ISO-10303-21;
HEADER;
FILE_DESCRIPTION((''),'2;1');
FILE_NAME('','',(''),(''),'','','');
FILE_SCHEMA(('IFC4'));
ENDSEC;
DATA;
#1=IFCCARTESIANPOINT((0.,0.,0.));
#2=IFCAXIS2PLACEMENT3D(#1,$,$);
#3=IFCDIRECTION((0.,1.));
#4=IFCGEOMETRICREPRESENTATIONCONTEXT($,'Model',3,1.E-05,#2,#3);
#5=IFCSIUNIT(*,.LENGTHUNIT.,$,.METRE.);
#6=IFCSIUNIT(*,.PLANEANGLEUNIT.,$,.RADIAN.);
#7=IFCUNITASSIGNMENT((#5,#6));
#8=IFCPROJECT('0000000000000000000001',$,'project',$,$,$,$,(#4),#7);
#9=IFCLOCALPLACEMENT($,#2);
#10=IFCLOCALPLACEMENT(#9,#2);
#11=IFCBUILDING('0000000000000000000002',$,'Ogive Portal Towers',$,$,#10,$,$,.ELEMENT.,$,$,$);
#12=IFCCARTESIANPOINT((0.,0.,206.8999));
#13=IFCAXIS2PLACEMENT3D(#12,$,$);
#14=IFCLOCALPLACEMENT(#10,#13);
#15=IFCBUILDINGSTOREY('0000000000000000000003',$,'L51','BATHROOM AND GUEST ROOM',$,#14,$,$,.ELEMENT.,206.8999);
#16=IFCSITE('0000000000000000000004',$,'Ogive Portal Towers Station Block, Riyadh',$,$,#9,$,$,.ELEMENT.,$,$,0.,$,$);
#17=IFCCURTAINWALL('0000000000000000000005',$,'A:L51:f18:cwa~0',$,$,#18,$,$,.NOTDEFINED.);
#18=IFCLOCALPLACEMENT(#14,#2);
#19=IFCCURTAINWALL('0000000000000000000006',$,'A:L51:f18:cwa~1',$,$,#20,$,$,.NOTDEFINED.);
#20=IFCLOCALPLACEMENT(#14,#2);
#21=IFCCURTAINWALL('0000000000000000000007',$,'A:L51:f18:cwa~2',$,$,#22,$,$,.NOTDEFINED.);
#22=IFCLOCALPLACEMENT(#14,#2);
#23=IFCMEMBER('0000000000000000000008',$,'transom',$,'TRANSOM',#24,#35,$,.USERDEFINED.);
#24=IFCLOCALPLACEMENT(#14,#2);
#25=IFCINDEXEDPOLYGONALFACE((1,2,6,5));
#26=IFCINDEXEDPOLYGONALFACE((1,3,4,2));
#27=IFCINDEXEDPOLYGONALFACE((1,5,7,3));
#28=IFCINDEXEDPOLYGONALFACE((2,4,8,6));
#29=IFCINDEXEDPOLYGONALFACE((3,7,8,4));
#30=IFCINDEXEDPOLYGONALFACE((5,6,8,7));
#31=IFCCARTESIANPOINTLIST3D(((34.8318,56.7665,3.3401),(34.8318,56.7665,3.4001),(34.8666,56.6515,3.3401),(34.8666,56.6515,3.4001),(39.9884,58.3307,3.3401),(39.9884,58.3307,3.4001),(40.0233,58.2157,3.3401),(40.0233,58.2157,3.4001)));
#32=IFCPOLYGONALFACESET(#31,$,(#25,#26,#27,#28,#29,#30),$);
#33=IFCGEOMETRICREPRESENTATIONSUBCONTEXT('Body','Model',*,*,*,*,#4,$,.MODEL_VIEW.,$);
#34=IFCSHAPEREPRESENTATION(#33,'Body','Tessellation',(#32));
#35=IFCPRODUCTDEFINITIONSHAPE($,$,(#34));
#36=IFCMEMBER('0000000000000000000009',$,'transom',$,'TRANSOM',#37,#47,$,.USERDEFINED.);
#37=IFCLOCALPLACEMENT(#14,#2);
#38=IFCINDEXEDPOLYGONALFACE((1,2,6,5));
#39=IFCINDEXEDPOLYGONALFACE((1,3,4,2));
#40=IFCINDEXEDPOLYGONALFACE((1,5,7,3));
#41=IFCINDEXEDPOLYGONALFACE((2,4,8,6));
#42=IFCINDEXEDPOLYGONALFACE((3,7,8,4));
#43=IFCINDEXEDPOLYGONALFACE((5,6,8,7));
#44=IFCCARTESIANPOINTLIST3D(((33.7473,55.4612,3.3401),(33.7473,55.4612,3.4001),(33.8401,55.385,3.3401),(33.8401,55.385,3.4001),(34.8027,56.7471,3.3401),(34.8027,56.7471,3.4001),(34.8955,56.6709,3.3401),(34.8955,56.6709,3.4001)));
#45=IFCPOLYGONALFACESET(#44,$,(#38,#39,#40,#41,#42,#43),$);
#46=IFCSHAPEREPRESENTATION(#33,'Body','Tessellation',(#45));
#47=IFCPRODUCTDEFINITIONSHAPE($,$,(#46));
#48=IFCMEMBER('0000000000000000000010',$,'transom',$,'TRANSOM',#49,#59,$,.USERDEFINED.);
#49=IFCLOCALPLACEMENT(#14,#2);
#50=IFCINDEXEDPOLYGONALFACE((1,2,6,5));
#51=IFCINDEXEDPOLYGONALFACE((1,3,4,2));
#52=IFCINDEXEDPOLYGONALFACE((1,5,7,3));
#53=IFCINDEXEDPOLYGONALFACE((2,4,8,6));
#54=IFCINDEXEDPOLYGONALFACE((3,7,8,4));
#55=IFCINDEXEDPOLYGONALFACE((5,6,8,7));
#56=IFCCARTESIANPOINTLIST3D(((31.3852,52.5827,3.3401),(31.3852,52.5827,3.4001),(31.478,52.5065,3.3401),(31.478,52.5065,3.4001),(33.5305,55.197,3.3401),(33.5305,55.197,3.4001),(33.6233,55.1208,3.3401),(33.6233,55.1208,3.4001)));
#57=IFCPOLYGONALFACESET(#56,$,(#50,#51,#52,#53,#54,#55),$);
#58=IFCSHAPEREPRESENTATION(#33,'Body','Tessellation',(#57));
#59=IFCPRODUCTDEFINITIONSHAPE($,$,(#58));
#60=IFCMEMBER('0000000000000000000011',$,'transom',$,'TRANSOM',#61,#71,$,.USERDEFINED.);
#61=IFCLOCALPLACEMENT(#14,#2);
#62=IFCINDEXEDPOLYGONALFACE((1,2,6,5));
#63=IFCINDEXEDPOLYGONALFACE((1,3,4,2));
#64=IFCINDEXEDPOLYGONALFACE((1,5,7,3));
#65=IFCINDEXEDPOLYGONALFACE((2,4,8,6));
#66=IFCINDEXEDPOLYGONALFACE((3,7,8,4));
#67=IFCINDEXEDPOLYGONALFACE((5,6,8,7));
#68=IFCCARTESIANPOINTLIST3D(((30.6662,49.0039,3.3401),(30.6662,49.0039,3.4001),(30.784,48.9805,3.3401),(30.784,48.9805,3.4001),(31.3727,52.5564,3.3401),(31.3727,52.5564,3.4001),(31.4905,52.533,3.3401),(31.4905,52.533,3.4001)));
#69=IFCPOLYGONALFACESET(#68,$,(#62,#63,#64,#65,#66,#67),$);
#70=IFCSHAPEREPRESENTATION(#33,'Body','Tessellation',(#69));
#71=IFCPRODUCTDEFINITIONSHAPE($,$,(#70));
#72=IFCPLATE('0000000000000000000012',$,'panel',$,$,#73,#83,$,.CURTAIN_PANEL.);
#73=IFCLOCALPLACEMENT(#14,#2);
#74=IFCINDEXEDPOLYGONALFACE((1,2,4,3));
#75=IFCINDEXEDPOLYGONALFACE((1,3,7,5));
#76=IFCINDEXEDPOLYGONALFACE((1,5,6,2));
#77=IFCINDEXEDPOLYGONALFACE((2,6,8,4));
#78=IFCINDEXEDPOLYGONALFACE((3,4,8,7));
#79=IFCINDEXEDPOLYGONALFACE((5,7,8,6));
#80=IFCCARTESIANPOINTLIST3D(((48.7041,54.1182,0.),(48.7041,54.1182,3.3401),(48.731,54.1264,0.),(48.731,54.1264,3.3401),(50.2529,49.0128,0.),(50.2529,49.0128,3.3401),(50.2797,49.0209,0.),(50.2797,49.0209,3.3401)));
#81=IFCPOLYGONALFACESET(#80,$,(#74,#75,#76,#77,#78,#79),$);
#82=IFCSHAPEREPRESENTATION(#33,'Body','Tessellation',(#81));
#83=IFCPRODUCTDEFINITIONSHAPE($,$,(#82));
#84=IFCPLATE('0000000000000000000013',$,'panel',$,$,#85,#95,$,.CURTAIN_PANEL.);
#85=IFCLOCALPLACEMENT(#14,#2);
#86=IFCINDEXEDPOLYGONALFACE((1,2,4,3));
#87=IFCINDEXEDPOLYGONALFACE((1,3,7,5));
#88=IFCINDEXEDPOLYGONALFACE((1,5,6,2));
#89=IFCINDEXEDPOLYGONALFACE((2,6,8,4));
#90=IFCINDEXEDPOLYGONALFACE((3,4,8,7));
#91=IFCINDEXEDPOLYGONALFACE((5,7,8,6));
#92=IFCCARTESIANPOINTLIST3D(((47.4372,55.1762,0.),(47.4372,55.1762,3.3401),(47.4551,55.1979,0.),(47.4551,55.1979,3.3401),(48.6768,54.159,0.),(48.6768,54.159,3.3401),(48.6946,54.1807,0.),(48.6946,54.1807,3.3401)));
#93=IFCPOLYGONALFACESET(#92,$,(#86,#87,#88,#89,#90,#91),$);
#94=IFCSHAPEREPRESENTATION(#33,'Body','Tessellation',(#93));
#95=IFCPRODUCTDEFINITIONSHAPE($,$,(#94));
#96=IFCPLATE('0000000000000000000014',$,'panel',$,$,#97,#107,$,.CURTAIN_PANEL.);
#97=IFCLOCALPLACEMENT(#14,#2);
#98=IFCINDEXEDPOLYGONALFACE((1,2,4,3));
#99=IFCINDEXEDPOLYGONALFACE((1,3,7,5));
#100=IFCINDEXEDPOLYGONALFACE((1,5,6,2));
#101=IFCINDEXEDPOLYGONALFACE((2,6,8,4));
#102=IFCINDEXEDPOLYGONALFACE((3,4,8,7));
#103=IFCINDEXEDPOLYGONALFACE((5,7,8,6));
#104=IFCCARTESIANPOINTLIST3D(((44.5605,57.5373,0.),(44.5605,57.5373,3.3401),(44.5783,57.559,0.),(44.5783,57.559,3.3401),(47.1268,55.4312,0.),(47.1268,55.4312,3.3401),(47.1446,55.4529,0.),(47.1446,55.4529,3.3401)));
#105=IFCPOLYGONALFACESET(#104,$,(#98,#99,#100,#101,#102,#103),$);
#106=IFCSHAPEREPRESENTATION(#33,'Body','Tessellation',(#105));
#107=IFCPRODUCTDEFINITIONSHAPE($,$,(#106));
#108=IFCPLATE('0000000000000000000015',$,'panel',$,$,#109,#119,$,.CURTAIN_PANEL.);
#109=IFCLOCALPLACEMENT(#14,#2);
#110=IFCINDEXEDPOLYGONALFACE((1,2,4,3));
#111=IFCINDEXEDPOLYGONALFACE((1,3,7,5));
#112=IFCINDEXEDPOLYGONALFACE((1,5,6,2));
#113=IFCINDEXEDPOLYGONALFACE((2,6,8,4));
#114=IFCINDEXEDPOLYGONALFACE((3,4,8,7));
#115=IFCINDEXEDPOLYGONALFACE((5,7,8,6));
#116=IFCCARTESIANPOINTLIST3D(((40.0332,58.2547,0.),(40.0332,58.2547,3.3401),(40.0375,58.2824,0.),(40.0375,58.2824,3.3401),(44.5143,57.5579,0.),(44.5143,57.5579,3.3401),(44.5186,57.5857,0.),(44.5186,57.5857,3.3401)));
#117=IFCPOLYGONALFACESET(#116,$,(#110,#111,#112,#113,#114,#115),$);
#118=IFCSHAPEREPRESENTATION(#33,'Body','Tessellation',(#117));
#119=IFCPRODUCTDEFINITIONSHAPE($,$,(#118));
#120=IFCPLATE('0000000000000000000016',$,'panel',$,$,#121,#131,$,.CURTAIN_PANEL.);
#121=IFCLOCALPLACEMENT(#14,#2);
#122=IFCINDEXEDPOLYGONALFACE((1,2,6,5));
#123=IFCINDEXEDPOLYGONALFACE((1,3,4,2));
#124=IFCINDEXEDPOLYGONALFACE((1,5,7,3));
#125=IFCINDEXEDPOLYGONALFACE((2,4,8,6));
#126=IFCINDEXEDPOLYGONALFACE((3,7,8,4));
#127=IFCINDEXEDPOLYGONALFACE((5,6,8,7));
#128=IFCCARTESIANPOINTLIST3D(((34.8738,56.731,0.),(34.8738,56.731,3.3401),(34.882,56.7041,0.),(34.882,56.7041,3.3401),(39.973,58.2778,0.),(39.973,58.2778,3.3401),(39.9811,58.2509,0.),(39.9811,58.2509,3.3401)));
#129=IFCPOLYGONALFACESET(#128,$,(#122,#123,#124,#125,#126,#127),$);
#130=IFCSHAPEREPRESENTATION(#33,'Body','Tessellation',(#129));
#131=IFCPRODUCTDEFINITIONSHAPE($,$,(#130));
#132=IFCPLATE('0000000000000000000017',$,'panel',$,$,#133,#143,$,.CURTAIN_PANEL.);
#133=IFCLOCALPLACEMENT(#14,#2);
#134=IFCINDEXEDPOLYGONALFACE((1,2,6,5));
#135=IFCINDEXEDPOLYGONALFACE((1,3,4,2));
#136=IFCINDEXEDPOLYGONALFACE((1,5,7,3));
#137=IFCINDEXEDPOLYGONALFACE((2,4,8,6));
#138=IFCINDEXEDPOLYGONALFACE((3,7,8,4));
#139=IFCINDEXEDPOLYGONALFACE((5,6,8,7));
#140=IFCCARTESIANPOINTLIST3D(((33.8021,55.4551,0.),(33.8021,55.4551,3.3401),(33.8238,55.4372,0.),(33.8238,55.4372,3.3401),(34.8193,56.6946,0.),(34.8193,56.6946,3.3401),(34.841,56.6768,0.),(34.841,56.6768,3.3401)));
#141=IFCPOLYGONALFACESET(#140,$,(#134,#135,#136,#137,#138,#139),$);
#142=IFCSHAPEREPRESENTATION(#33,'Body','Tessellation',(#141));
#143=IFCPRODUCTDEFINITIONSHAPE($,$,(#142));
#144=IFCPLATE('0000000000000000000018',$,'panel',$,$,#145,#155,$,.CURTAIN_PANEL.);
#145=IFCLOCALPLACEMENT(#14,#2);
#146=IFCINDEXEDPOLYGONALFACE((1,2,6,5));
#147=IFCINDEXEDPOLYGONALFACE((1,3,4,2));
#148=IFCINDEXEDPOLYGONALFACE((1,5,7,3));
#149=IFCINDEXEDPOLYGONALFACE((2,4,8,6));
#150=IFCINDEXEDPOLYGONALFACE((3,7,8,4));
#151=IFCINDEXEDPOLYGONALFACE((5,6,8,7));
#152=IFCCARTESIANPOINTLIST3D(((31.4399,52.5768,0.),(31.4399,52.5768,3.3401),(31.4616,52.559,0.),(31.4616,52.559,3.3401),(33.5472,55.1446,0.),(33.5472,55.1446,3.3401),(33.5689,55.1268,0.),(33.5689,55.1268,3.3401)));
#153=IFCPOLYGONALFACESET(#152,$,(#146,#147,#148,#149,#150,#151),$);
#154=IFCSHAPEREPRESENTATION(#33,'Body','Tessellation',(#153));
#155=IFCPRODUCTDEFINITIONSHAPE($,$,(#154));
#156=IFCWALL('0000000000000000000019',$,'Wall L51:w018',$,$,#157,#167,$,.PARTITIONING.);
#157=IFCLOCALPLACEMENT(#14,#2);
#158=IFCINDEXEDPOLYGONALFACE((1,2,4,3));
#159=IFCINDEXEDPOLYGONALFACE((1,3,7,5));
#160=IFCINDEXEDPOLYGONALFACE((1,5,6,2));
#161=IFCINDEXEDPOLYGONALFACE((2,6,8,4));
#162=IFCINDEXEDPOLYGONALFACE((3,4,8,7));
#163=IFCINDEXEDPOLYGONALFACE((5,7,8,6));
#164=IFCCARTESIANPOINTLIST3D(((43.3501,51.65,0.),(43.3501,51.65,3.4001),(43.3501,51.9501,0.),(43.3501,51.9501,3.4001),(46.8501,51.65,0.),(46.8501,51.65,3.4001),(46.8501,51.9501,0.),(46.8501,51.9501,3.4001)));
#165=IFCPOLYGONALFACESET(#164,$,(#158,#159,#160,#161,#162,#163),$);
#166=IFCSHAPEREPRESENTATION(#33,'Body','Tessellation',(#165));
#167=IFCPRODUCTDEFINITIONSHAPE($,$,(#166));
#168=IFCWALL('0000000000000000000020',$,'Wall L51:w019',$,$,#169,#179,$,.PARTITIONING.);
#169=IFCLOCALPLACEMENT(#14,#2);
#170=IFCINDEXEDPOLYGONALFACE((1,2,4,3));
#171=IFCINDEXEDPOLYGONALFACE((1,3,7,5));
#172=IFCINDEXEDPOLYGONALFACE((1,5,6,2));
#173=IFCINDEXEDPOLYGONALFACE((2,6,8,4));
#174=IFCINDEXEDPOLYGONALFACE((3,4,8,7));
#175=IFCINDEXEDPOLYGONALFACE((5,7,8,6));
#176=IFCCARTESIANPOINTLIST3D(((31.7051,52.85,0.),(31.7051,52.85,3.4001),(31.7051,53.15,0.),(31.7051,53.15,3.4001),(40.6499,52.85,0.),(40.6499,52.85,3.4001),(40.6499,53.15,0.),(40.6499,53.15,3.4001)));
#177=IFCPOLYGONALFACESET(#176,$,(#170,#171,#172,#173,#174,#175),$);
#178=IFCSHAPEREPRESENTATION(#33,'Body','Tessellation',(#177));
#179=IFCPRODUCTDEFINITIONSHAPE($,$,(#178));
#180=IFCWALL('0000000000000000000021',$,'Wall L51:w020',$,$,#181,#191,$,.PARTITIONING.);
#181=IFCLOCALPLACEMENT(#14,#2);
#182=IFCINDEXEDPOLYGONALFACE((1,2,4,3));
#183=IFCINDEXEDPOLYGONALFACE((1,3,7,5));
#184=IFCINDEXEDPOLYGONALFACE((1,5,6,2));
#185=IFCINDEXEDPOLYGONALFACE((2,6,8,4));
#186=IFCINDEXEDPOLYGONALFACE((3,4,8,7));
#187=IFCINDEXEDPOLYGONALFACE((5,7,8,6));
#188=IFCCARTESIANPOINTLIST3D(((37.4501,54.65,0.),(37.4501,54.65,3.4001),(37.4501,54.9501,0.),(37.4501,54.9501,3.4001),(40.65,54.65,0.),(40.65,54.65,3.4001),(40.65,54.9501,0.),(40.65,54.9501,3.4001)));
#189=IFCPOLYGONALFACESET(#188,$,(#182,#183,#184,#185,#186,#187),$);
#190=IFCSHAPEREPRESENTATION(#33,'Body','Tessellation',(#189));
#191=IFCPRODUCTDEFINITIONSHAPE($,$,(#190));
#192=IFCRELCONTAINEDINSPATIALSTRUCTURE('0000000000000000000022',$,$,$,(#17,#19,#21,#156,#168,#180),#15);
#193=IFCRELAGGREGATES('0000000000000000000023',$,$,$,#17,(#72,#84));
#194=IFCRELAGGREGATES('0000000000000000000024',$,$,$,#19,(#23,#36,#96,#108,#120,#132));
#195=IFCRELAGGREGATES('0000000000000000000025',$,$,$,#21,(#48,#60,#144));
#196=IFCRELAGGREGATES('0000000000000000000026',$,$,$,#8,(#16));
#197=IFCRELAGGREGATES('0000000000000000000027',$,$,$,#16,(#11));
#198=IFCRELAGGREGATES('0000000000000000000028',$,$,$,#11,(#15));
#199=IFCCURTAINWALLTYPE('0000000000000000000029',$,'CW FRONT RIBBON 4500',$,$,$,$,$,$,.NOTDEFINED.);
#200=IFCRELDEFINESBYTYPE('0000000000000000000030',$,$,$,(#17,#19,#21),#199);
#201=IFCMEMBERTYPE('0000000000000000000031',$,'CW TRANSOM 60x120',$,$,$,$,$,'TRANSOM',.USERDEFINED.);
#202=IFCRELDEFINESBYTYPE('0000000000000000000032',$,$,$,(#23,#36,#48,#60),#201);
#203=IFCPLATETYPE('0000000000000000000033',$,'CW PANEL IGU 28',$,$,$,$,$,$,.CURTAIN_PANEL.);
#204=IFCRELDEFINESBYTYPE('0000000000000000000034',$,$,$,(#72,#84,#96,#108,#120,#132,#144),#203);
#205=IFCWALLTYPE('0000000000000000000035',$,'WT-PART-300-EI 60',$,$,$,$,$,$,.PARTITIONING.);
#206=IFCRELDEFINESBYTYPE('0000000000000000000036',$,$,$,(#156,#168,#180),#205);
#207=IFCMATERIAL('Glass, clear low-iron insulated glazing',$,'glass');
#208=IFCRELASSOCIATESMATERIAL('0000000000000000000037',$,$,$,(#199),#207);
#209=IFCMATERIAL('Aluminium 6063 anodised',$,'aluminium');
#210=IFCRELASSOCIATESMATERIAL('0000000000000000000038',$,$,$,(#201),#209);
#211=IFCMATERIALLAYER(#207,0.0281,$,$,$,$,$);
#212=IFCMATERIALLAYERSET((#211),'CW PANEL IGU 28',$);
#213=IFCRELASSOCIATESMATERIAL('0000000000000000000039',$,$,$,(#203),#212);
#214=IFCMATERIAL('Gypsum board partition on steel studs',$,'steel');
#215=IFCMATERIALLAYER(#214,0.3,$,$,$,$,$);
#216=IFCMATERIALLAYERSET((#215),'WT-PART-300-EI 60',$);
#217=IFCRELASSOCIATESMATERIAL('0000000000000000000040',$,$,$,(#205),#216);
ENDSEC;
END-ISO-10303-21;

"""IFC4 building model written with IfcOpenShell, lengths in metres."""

from ifc_helpers import new_model, si_unit, direction, frame, frame_2d, origin, origin_2d, place, context, subcontext, project, spatial, rectangle, extrude, material, layer, layer_set, material_profile, profile_set, type_object, element, aggregate, save


model = new_model("IFC4")

# Units and contexts
model_context = context("Model", 3, precision=1e-05, world=origin(), true_north=direction((0.0, 1.0)))
body_context = subcontext(model_context, "Body", "Model", "MODEL_VIEW")
ifc_project = project(units=[si_unit("LENGTHUNIT", "METRE"), si_unit("PLANEANGLEUNIT", "RADIAN")], contexts=[model_context])

# Site, building, storey
site_placement = place(None, origin())
site = spatial("IfcSite", under=ifc_project, at=site_placement, Name="Ogive Portal Towers Station Block, Riyadh", CompositionType="ELEMENT", RefElevation=0.0)
building_placement = place(site_placement, origin())
building = spatial("IfcBuilding", under=site, at=building_placement, Name="Ogive Portal Towers", CompositionType="ELEMENT")
storey_placement = place(building_placement, frame((0.0, 0.0, 206.8999)))
storey = spatial("IfcBuildingStorey", under=building, at=storey_placement, Name="L51", Description="BATHROOM AND GUEST ROOM", CompositionType="ELEMENT", Elevation=206.8999)

# Curtain walls
ifc_material_1 = material(Name="Glass, clear low-iron insulated glazing", Category="glass")
curtain_wall_type = type_object("IfcCurtainWallType", Name="CW FRONT RIBBON 4500", PredefinedType="NOTDEFINED", material=ifc_material_1)
curtain_wall_1_placement = place(storey_placement, origin())
curtain_wall_1 = element("IfcCurtainWall", 1, at=curtain_wall_1_placement, inside=storey, type_object=curtain_wall_type, Name="A:L51:f18:cwa~0", PredefinedType="NOTDEFINED")
ifc_material_2 = material(Name="Aluminium 6063 anodised", Category="aluminium")
curtain_wall_2_placement = place(storey_placement, origin())
curtain_wall_2 = element("IfcCurtainWall", 2, at=curtain_wall_2_placement, inside=storey, type_object=curtain_wall_type, Name="A:L51:f18:cwa~1", PredefinedType="NOTDEFINED")
curtain_wall_3_placement = place(storey_placement, origin())
curtain_wall_3 = element("IfcCurtainWall", 3, at=curtain_wall_3_placement, inside=storey, type_object=curtain_wall_type, Name="A:L51:f18:cwa~2", PredefinedType="NOTDEFINED")

# Members
ifc_material_profile_1 = material_profile(ifc_material_2, rectangle(XDim=0.1201, YDim=0.0601, at=origin_2d()), Name="AL 120x60")
ifc_profile_set_1 = profile_set([ifc_material_profile_1], Name="Aluminium 6063 anodised")
member_type_1 = type_object("IfcMemberType", Name="CW TRANSOM 60x120", ElementType="TRANSOM", PredefinedType="USERDEFINED", material=ifc_profile_set_1)
member_1_placement = place(storey_placement, frame((40.0059, 58.2732, 3.3701), z_axis=(-0.956944, -0.290273, 0.0), x_axis=(0.290273, -0.956944, 0.0)))
member_1 = element("IfcMember", 4, at=member_1_placement, type_object=member_type_1, Name="transom", ObjectType="TRANSOM", PredefinedType="USERDEFINED", context=body_context, shape_type="SweptSolid", body=[
    extrude(rectangle(XDim=0.1201, YDim=0.0601, at=origin_2d()), origin(), (0.0, 0.0, 1.0), 5.3887),
])
member_2_placement = place(storey_placement, frame((34.8491, 56.709, 3.3701), z_axis=(-0.634436, -0.772976, 0.0), x_axis=(0.772976, -0.634436, 0.0)))
member_2 = element("IfcMember", 5, at=member_2_placement, type_object=member_type_1, Name="transom", ObjectType="TRANSOM", PredefinedType="USERDEFINED", context=body_context, shape_type="SweptSolid", body=[
    extrude(rectangle(XDim=0.1201, YDim=0.0601, at=origin_2d()), origin(), (0.0, 0.0, 1.0), 1.6636),
])
member_3_placement = place(storey_placement, frame((33.5769, 55.1589, 3.3701), z_axis=(-0.634358, -0.77304, 0.0), x_axis=(0.77304, -0.634358, 0.0)))
member_3 = element("IfcMember", 6, at=member_3_placement, type_object=member_type_1, Name="transom", ObjectType="TRANSOM", PredefinedType="USERDEFINED", context=body_context, shape_type="SweptSolid", body=[
    extrude(rectangle(XDim=0.1201, YDim=0.0601, at=origin_2d()), origin(), (0.0, 0.0, 1.0), 3.3818),
])
member_4_placement = place(storey_placement, frame((31.4316, 52.5447, 3.3701), z_axis=(-0.195066, -0.98079, 0.0), x_axis=(0.98079, -0.195066, 0.0)))
member_4 = element("IfcMember", 7, at=member_4_placement, type_object=member_type_1, Name="transom", ObjectType="TRANSOM", PredefinedType="USERDEFINED", context=body_context, shape_type="SweptSolid", body=[
    extrude(rectangle(XDim=0.1201, YDim=0.0601, at=origin_2d()), origin(), (0.0, 0.0, 1.0), 3.6221),
])

# Plates
ifc_layer_1 = layer(ifc_material_1, 0.0281)
ifc_layer_set_1 = layer_set([ifc_layer_1], Name="CW PANEL IGU 28")
plate_type = type_object("IfcPlateType", Name="CW PANEL IGU 28", PredefinedType="CURTAIN_PANEL", material=ifc_layer_set_1)
plate_1_placement = place(storey_placement, frame((49.4919, 51.5696, 0.0), z_axis=(0.0, 0.0, 1.0), x_axis=(-0.290285, 0.95694, 0.0)))
plate_1 = element("IfcPlate", 8, at=plate_1_placement, type_object=plate_type, Name="panel", PredefinedType="CURTAIN_PANEL", context=body_context, shape_type="SweptSolid", body=[
    extrude(rectangle(XDim=5.3352, YDim=0.0281, at=origin_2d()), origin(), (0.0, 0.0, 1.0), 3.3401),
])
plate_2_placement = place(storey_placement, frame((48.0659, 54.6785, 0.0), z_axis=(0.0, 0.0, 1.0), x_axis=(-0.77301, 0.634393, 0.0)))
plate_2 = element("IfcPlate", 9, at=plate_2_placement, type_object=plate_type, Name="panel", PredefinedType="CURTAIN_PANEL", context=body_context, shape_type="SweptSolid", body=[
    extrude(rectangle(XDim=1.6035, YDim=0.0281, at=origin_2d()), origin(), (0.0, 0.0, 1.0), 3.3401),
])
aggregate(curtain_wall_1, [plate_1, plate_2])
plate_3_placement = place(storey_placement, frame((45.8525, 56.4951, 0.0), z_axis=(0.0, 0.0, 1.0), x_axis=(-0.77301, 0.634393, 0.0)))
plate_3 = element("IfcPlate", 10, at=plate_3_placement, type_object=plate_type, Name="panel", PredefinedType="CURTAIN_PANEL", context=body_context, shape_type="SweptSolid", body=[
    extrude(rectangle(XDim=3.3198, YDim=0.0281, at=origin_2d()), origin(), (0.0, 0.0, 1.0), 3.3401),
])
plate_4_placement = place(storey_placement, frame((42.2759, 57.9202, 0.0), z_axis=(0.0, 0.0, 1.0), x_axis=(-0.988128, 0.153636, 0.0)))
plate_4 = element("IfcPlate", 11, at=plate_4_placement, type_object=plate_type, Name="panel", PredefinedType="CURTAIN_PANEL", context=body_context, shape_type="SweptSolid", body=[
    extrude(rectangle(XDim=4.5349, YDim=0.0281, at=origin_2d()), origin(), (0.0, 0.0, 1.0), 3.3401),
])
plate_5_placement = place(storey_placement, frame((37.4275, 57.491, 0.0), z_axis=(0.0, 0.0, 1.0), x_axis=(-0.95694, -0.290285, 0.0)))
plate_5 = element("IfcPlate", 12, at=plate_5_placement, type_object=plate_type, Name="panel", PredefinedType="CURTAIN_PANEL", context=body_context, shape_type="SweptSolid", body=[
    extrude(rectangle(XDim=5.3286, YDim=0.0281, at=origin_2d()), origin(), (0.0, 0.0, 1.0), 3.3401),
])
plate_6_placement = place(storey_placement, frame((34.3215, 56.0659, 0.0), z_axis=(0.0, 0.0, 1.0), x_axis=(-0.634393, -0.77301, 0.0)))
plate_6 = element("IfcPlate", 13, at=plate_6_placement, type_object=plate_type, Name="panel", PredefinedType="CURTAIN_PANEL", context=body_context, shape_type="SweptSolid", body=[
    extrude(rectangle(XDim=1.6035, YDim=0.0281, at=origin_2d()), origin(), (0.0, 0.0, 1.0), 3.3401),
])
aggregate(curtain_wall_2, [member_1, member_2, plate_3, plate_4, plate_5, plate_6])
plate_7_placement = place(storey_placement, frame((32.5044, 53.8518, 0.0), z_axis=(0.0, 0.0, 1.0), x_axis=(-0.634393, -0.77301, 0.0)))
plate_7 = element("IfcPlate", 14, at=plate_7_placement, type_object=plate_type, Name="panel", PredefinedType="CURTAIN_PANEL", context=body_context, shape_type="SweptSolid", body=[
    extrude(rectangle(XDim=3.3218, YDim=0.0281, at=origin_2d()), origin(), (0.0, 0.0, 1.0), 3.3401),
])
aggregate(curtain_wall_3, [member_3, member_4, plate_7])

# Walls
ifc_material_3 = material(Name="Gypsum board partition on steel studs", Category="steel")
ifc_layer_2 = layer(ifc_material_3, 0.3)
ifc_layer_set_2 = layer_set([ifc_layer_2], Name="WT-PART-300-EI 60")
wall_type = type_object("IfcWallType", Name="WT-PART-300-EI 60", PredefinedType="PARTITIONING", material=ifc_layer_set_2)
wall_1_placement = place(storey_placement, frame((43.3501, 51.8, 0.0), z_axis=(0.0, 0.0, 1.0), x_axis=(1.0, 0.0, 0.0)))
element("IfcWall", 15, at=wall_1_placement, inside=storey, type_object=wall_type, Name="Wall L51:w018", PredefinedType="PARTITIONING", context=body_context, shape_type="SweptSolid", body=[
    extrude(rectangle(XDim=3.5, YDim=0.3, at=frame_2d((1.75, 0.0))), origin(), (0.0, 0.0, 1.0), 3.4001),
])
wall_2_placement = place(storey_placement, frame((31.7051, 53.0, 0.0), z_axis=(0.0, 0.0, 1.0), x_axis=(1.0, 0.0, 0.0)))
element("IfcWall", 16, at=wall_2_placement, inside=storey, type_object=wall_type, Name="Wall L51:w019", PredefinedType="PARTITIONING", context=body_context, shape_type="SweptSolid", body=[
    extrude(rectangle(XDim=8.9448, YDim=0.3, at=frame_2d((4.4724, 0.0))), origin(), (0.0, 0.0, 1.0), 3.4001),
])
wall_3_placement = place(storey_placement, frame((37.45, 54.8, 0.0), z_axis=(0.0, 0.0, 1.0), x_axis=(1.0, 0.0, 0.0)))
element("IfcWall", 17, at=wall_3_placement, inside=storey, type_object=wall_type, Name="Wall L51:w020", PredefinedType="PARTITIONING", context=body_context, shape_type="SweptSolid", body=[
    extrude(rectangle(XDim=3.2, YDim=0.3, at=frame_2d((1.6001, 0.0))), origin(), (0.0, 0.0, 1.0), 3.4001),
])

save(model, "model.ifc")
